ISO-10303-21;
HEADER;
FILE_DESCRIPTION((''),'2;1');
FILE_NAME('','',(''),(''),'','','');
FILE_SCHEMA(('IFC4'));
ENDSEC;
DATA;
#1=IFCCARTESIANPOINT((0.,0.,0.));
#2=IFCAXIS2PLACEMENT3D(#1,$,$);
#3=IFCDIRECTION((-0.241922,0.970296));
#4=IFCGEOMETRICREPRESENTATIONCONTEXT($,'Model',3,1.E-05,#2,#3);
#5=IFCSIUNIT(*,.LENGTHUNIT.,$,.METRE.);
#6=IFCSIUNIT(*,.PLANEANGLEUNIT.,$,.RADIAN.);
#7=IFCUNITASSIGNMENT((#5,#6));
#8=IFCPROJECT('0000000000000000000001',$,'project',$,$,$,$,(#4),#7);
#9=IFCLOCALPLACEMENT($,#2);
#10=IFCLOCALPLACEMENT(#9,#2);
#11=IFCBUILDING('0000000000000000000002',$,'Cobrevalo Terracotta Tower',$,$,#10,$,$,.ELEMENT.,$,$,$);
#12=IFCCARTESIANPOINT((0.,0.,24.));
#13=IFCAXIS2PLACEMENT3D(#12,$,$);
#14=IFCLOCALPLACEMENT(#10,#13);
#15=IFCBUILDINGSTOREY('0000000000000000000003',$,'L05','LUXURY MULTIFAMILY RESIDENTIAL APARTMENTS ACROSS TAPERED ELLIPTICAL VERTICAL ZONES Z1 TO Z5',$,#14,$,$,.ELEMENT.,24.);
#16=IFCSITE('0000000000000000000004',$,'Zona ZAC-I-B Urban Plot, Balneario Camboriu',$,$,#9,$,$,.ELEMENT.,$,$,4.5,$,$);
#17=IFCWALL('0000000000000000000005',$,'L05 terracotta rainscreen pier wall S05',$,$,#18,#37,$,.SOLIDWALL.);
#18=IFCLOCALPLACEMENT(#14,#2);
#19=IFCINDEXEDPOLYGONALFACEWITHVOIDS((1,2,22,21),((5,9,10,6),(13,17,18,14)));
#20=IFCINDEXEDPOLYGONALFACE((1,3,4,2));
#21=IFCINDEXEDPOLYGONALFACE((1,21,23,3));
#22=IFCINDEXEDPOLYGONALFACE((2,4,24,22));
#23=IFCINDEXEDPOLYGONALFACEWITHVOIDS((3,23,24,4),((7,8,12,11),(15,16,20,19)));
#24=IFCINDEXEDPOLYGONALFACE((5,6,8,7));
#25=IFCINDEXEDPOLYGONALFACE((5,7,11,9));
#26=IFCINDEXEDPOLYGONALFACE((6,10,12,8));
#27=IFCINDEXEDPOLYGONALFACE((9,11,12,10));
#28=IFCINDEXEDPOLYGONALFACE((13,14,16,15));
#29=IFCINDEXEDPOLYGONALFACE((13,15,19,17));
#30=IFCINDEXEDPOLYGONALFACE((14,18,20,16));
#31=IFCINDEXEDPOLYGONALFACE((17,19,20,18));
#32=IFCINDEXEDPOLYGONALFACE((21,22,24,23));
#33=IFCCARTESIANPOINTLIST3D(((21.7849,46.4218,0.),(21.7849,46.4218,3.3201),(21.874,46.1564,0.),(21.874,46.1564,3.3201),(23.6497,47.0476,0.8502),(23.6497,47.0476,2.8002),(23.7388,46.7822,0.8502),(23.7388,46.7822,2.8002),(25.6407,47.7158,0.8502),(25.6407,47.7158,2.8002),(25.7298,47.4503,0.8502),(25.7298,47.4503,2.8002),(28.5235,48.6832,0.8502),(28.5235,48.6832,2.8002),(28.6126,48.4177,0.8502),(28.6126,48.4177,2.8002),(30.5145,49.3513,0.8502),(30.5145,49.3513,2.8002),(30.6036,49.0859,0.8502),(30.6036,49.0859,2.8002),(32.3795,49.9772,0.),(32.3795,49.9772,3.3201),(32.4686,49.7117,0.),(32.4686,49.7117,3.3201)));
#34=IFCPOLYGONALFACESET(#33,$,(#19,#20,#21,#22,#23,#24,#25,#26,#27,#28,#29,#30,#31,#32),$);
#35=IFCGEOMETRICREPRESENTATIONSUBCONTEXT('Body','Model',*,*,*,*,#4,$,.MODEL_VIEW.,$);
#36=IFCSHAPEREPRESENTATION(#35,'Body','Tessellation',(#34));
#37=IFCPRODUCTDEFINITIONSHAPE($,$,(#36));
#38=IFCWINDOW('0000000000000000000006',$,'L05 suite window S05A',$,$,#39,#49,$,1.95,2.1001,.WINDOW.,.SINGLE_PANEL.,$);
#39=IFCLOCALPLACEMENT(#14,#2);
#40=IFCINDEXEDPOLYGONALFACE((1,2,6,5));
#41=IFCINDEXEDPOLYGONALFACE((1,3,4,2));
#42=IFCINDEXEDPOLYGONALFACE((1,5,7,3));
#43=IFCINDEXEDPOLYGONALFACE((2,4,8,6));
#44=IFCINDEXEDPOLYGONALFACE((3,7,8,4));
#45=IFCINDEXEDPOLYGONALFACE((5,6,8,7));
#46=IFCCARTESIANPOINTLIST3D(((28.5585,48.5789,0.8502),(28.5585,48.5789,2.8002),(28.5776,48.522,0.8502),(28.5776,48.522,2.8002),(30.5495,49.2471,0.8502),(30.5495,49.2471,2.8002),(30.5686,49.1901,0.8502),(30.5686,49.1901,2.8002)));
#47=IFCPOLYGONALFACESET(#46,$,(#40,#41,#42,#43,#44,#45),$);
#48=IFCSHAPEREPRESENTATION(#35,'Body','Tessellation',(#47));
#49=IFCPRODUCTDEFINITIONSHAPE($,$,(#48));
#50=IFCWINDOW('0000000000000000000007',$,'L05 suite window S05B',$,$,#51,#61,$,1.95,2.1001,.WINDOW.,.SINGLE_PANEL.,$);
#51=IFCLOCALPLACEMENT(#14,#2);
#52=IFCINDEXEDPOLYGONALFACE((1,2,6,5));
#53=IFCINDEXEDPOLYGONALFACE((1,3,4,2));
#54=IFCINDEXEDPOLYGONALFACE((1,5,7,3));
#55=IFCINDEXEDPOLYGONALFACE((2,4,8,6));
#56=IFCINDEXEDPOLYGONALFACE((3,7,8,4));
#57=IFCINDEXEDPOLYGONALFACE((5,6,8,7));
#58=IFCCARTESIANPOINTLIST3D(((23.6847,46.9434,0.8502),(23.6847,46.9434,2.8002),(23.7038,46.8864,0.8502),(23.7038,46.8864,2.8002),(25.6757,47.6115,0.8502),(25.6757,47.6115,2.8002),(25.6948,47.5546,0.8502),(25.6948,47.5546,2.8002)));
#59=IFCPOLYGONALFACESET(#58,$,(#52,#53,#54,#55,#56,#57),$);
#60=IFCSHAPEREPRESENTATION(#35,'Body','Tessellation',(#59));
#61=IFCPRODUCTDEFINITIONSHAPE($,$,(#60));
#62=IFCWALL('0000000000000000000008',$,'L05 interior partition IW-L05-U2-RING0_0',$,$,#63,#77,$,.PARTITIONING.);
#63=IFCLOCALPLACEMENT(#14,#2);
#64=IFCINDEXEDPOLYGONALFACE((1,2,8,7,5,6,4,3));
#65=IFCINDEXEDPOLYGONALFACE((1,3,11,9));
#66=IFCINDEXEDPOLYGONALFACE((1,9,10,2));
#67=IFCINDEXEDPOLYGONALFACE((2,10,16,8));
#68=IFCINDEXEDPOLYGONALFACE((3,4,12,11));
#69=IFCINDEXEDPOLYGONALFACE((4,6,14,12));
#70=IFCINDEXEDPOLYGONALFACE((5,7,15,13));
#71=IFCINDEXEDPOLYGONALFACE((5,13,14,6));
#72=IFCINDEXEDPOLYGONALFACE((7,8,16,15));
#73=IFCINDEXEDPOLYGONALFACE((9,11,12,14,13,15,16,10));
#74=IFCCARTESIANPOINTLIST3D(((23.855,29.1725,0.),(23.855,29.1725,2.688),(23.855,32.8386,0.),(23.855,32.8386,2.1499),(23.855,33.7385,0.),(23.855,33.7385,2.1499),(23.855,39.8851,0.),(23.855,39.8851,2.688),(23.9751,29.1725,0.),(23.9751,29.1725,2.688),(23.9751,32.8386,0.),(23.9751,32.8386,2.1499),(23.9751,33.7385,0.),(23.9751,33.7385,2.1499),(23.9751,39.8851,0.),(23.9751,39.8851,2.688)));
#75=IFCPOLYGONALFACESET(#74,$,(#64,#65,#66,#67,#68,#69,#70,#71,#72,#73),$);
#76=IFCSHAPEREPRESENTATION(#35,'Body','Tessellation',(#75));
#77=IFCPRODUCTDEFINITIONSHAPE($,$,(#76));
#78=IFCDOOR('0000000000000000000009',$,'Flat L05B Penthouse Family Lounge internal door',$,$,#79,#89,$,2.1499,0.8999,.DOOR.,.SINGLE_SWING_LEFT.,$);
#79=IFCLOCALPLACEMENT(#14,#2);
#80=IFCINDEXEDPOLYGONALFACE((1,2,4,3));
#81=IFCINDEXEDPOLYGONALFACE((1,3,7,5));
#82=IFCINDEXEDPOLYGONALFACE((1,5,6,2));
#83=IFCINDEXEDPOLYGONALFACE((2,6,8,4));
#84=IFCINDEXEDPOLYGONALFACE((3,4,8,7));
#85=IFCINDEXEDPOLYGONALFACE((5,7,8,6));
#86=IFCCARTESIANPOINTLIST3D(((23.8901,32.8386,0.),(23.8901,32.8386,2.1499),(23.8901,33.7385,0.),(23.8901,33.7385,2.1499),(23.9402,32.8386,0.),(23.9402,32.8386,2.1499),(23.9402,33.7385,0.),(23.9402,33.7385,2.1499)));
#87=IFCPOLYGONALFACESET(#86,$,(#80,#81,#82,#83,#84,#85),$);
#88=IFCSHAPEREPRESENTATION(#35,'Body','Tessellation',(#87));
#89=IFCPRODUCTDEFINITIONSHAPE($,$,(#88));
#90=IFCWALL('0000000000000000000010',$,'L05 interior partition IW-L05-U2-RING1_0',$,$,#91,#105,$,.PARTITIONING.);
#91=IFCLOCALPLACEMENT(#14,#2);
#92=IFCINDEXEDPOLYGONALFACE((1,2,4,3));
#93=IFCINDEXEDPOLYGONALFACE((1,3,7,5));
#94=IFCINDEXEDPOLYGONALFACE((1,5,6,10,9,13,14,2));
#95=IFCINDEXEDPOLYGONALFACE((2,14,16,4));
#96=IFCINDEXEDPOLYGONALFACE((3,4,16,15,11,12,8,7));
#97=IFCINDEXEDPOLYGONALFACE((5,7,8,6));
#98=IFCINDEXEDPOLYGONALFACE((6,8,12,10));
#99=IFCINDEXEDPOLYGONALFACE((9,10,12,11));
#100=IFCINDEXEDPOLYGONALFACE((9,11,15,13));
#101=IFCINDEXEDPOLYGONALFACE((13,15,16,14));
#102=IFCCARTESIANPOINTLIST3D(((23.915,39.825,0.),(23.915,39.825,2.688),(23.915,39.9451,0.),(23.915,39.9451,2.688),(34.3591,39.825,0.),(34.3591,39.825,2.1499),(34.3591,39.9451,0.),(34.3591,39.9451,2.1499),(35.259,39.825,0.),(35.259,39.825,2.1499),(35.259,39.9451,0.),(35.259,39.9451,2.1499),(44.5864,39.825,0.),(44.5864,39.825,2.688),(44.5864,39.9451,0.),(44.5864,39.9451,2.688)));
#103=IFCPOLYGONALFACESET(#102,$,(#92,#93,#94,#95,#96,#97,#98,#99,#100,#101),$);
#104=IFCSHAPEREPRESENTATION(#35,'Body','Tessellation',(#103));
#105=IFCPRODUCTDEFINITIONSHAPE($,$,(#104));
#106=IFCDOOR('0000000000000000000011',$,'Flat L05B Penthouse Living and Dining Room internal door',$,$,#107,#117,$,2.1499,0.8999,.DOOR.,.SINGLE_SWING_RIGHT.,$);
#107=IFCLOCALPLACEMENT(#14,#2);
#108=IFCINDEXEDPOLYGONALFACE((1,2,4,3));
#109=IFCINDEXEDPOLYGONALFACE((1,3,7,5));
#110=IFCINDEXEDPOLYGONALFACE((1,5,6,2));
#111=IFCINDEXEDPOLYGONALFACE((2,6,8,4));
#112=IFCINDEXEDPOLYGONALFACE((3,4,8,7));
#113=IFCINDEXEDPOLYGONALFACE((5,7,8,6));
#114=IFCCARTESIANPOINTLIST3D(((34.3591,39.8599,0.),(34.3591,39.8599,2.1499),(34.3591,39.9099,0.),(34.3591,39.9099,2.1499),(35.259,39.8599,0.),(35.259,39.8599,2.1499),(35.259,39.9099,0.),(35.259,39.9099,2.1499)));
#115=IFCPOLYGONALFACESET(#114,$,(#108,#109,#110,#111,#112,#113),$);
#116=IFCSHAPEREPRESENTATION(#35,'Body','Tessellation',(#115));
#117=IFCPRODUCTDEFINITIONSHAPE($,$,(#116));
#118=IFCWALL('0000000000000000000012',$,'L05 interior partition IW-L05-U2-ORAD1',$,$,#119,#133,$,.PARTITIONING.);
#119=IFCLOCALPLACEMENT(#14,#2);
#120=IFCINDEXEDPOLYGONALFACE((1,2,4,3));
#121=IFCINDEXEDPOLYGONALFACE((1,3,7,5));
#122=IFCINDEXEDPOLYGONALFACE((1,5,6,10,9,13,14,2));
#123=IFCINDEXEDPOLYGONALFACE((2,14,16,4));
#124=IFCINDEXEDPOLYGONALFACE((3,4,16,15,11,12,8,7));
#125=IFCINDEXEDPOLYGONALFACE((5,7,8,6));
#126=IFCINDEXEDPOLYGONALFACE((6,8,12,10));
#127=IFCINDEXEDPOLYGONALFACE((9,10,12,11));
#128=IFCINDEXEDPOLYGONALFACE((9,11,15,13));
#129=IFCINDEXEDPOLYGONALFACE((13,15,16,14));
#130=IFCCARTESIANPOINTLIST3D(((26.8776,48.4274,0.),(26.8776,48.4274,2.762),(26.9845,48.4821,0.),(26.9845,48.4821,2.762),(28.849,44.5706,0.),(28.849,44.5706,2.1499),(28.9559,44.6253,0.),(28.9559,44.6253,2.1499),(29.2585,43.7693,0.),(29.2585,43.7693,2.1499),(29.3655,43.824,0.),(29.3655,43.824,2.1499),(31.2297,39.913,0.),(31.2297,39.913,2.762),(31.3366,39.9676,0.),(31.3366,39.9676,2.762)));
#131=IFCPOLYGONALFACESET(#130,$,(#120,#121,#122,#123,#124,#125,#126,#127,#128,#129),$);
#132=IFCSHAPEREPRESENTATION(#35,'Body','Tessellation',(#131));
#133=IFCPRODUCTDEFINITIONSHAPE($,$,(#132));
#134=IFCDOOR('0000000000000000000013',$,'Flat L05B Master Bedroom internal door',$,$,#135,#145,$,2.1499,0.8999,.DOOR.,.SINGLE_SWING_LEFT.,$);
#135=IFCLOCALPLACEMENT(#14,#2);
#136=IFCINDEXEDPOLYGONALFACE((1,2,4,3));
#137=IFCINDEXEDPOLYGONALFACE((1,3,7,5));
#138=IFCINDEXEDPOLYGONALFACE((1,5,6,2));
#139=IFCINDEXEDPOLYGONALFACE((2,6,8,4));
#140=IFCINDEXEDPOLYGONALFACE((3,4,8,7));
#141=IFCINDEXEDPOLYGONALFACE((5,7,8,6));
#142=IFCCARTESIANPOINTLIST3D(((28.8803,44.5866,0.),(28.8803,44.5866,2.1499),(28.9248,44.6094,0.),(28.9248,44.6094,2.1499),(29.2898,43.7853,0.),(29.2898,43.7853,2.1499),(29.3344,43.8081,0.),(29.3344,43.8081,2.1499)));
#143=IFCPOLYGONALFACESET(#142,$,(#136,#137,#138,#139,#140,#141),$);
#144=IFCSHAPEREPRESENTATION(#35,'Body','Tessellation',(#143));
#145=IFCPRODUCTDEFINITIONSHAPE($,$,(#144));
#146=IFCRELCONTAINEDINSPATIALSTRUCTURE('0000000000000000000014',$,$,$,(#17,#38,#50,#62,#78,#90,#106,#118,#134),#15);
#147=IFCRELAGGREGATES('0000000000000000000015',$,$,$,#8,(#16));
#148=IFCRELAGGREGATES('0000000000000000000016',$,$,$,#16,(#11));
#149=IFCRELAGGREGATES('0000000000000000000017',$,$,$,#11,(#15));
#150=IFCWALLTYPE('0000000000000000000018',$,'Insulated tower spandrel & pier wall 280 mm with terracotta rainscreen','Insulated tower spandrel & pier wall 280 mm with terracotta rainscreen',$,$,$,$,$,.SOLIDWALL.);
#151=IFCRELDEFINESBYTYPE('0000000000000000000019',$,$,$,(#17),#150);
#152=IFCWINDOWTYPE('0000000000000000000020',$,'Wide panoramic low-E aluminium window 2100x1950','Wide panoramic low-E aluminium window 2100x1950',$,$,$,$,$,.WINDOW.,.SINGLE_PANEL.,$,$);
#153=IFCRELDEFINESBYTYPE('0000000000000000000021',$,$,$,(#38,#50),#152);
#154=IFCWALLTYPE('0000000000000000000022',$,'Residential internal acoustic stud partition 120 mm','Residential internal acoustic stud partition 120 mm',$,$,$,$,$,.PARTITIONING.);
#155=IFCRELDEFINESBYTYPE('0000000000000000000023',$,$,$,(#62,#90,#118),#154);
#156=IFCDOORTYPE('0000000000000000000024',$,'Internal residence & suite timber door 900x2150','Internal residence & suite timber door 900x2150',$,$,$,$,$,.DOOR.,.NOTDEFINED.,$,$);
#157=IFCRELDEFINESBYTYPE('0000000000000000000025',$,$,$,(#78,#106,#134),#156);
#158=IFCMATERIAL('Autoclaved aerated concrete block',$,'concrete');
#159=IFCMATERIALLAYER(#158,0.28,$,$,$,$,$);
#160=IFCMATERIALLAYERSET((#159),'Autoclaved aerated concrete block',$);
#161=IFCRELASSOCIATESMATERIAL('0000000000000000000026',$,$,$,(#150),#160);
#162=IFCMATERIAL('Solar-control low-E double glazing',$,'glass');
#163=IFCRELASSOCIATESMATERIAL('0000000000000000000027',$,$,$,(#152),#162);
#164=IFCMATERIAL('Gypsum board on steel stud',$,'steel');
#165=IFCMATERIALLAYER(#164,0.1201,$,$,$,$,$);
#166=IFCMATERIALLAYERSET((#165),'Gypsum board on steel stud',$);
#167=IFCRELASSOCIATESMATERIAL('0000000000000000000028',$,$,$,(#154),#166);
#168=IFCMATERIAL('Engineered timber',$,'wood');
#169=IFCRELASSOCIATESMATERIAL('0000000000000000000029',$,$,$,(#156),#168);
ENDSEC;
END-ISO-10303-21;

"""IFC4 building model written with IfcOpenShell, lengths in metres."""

from ifc_helpers import new_model, si_unit, direction, frame, frame_2d, origin, place, context, subcontext, project, spatial, rectangle, extrude, source, transform, mapped, material, layer, layer_set, type_object, element, fill, save


model = new_model("IFC4")

# Units and contexts
model_context = context("Model", 3, precision=1e-05, world=origin(), true_north=direction((-0.241922, 0.970296)))
body_context = subcontext(model_context, "Body", "Model", "MODEL_VIEW")
ifc_project = project(units=[si_unit("LENGTHUNIT", "METRE"), si_unit("PLANEANGLEUNIT", "RADIAN")], contexts=[model_context])

# Site, building, storey
site_placement = place(None, origin())
site = spatial("IfcSite", under=ifc_project, at=site_placement, Name="Zona ZAC-I-B Urban Plot, Balneario Camboriu", CompositionType="ELEMENT", RefElevation=4.5)
building_placement = place(site_placement, origin())
building = spatial("IfcBuilding", under=site, at=building_placement, Name="Cobrevalo Terracotta Tower", CompositionType="ELEMENT")
storey_placement = place(building_placement, frame((0.0, 0.0, 24.0)))
storey = spatial("IfcBuildingStorey", under=building, at=storey_placement, Name="L05", Description="LUXURY MULTIFAMILY RESIDENTIAL APARTMENTS ACROSS TAPERED ELLIPTICAL VERTICAL ZONES Z1 TO Z5", CompositionType="ELEMENT", Elevation=24.0)

# Shared definitions
ifc_material_1 = material(Name="Gypsum board on steel stud", Category="steel")

# Wall, openings, windows
ifc_material_2 = material(Name="Autoclaved aerated concrete block", Category="concrete")
ifc_layer_1 = layer(ifc_material_2, 0.28)
ifc_layer_set_1 = layer_set([ifc_layer_1], Name="Autoclaved aerated concrete block")
wall_type_1 = type_object("IfcWallType", Name="Insulated tower spandrel & pier wall 280 mm with terracotta rainscreen", Description="Insulated tower spandrel & pier wall 280 mm with terracotta rainscreen", PredefinedType="SOLIDWALL", material=ifc_layer_set_1)
wall_1_placement = place(storey_placement, frame((32.4241, 49.8445, 0.0), z_axis=(0.0, 0.0, 1.0), x_axis=(-0.948041, -0.318147, 0.0)))
wall_1 = element("IfcWall", 1, at=wall_1_placement, inside=storey, type_object=wall_type_1, Name="L05 terracotta rainscreen pier wall S05", PredefinedType="SOLIDWALL", context=body_context, shape_type="SweptSolid", body=[
    extrude(rectangle(XDim=11.1753, YDim=0.28, at=frame_2d((5.5876, 0.0))), origin(), (0.0, 0.0, 1.0), 3.3201),
])
opening_1_placement = place(wall_1_placement, frame((1.9673, 0.0, 0.8501)))
opening_1 = element("IfcOpeningElement", 2, at=opening_1_placement, cuts=wall_1, PredefinedType="OPENING", context=body_context, shape_type="SweptSolid", body=[
    extrude(rectangle(XDim=2.1001, YDim=1.95, at=frame_2d((1.05, 0.9751))), frame((0.0, 0.1499, 0.0), z_axis=(0.0, -1.0, 0.0), x_axis=(1.0, 0.0, 0.0)), (0.0, 0.0, 1.0), 0.3),
])
opening_2_placement = place(wall_1_placement, frame((7.1082, 0.0, 0.8501)))
opening_2 = element("IfcOpeningElement", 3, at=opening_2_placement, cuts=wall_1, PredefinedType="OPENING", context=body_context, shape_type="SweptSolid", body=[
    extrude(rectangle(XDim=2.1001, YDim=1.95, at=frame_2d((1.05, 0.9751))), frame((0.0, 0.1499, 0.0), z_axis=(0.0, -1.0, 0.0), x_axis=(1.0, 0.0, 0.0)), (0.0, 0.0, 1.0), 0.3),
])
ifc_material_3 = material(Name="Solar-control low-E double glazing", Category="glass")
window_type = type_object("IfcWindowType", Name="Wide panoramic low-E aluminium window 2100x1950", Description="Wide panoramic low-E aluminium window 2100x1950", PartitioningType="SINGLE_PANEL", PredefinedType="WINDOW", material=ifc_material_3)
shared_shape_1 = source(origin(), body_context, "Body", "SweptSolid", [
    extrude(rectangle(XDim=2.1001, YDim=1.95, at=frame_2d((1.05, 0.9751))), frame((0.0, 0.03, 0.0), z_axis=(0.0, -1.0, 0.0), x_axis=(1.0, 0.0, 0.0)), (0.0, 0.0, 1.0), 0.0601),
])
window_1_placement = place(opening_1_placement, origin())
window_1 = element("IfcWindow", 4, at=window_1_placement, inside=storey, type_object=window_type, Name="L05 suite window S05A", OverallHeight=1.95, OverallWidth=2.1001, PartitioningType="SINGLE_PANEL", PredefinedType="WINDOW", context=body_context, shape_type="MappedRepresentation", body=[
    mapped(shared_shape_1, transform((0.0, 0.0, 0.0), scale=1.0)),
])
fill(opening_1, window_1)
window_2_placement = place(opening_2_placement, origin())
window_2 = element("IfcWindow", 5, at=window_2_placement, inside=storey, type_object=window_type, Name="L05 suite window S05B", OverallHeight=1.95, OverallWidth=2.1001, PartitioningType="SINGLE_PANEL", PredefinedType="WINDOW", context=body_context, shape_type="MappedRepresentation", body=[
    mapped(shared_shape_1, transform((0.0, 0.0, 0.0), scale=1.0)),
])
fill(opening_2, window_2)

# Walls, openings, doors
ifc_layer_2 = layer(ifc_material_1, 0.1201)
ifc_layer_set_2 = layer_set([ifc_layer_2], Name="Gypsum board on steel stud")
wall_type_2 = type_object("IfcWallType", Name="Residential internal acoustic stud partition 120 mm", Description="Residential internal acoustic stud partition 120 mm", PredefinedType="PARTITIONING", material=ifc_layer_set_2)
wall_2_placement = place(storey_placement, frame((23.915, 29.1724, 0.0), z_axis=(0.0, 0.0, 1.0), x_axis=(0.0, 1.0, 0.0)))
wall_2 = element("IfcWall", 6, at=wall_2_placement, inside=storey, type_object=wall_type_2, Name="L05 interior partition IW-L05-U2-RING0_0", PredefinedType="PARTITIONING", context=body_context, shape_type="SweptSolid", body=[
    extrude(rectangle(XDim=10.7126, YDim=0.1201, at=frame_2d((5.3564, 0.0))), origin(), (0.0, 0.0, 1.0), 2.688),
])
opening_3_placement = place(wall_2_placement, frame((3.6663, 0.0, 0.0)))
opening_3 = element("IfcOpeningElement", 7, at=opening_3_placement, cuts=wall_2, PredefinedType="OPENING", context=body_context, shape_type="SweptSolid", body=[
    extrude(rectangle(XDim=0.8999, YDim=2.1499, at=frame_2d((0.45, 1.075))), frame((0.0, 0.0701, 0.0), z_axis=(0.0, -1.0, 0.0), x_axis=(1.0, 0.0, 0.0)), (0.0, 0.0, 1.0), 0.1401),
])
ifc_material_4 = material(Name="Engineered timber", Category="wood")
door_type_1 = type_object("IfcDoorType", Name="Internal residence & suite timber door 900x2150", Description="Internal residence & suite timber door 900x2150", OperationType="NOTDEFINED", PredefinedType="DOOR", material=ifc_material_4)
shared_shape_2 = source(origin(), body_context, "Body", "SweptSolid", [
    extrude(rectangle(XDim=0.8999, YDim=2.1499, at=frame_2d((0.45, 1.075))), frame((0.0, 0.0249, 0.0), z_axis=(0.0, -1.0, 0.0), x_axis=(1.0, 0.0, 0.0)), (0.0, 0.0, 1.0), 0.05),
])
door_1_placement = place(opening_3_placement, origin())
door_1 = element("IfcDoor", 8, at=door_1_placement, inside=storey, type_object=door_type_1, Name="Flat L05B Penthouse Family Lounge internal door", OperationType="SINGLE_SWING_LEFT", OverallHeight=2.1499, OverallWidth=0.8999, PredefinedType="DOOR", context=body_context, shape_type="MappedRepresentation", body=[
    mapped(shared_shape_2, transform((0.0, 0.0, 0.0), scale=1.0)),
])
fill(opening_3, door_1)
wall_3_placement = place(storey_placement, frame((23.915, 39.885, 0.0), z_axis=(0.0, 0.0, 1.0), x_axis=(1.0, 0.0, 0.0)))
wall_3 = element("IfcWall", 9, at=wall_3_placement, inside=storey, type_object=wall_type_2, Name="L05 interior partition IW-L05-U2-RING1_0", PredefinedType="PARTITIONING", context=body_context, shape_type="SweptSolid", body=[
    extrude(rectangle(XDim=20.6714, YDim=0.1201, at=frame_2d((10.3357, 0.0))), origin(), (0.0, 0.0, 1.0), 2.688),
])
opening_4_placement = place(wall_3_placement, frame((10.4441, 0.0, 0.0)))
opening_4 = element("IfcOpeningElement", 10, at=opening_4_placement, cuts=wall_3, PredefinedType="OPENING", context=body_context, shape_type="SweptSolid", body=[
    extrude(rectangle(XDim=0.8999, YDim=2.1499, at=frame_2d((0.45, 1.075))), frame((0.0, 0.0701, 0.0), z_axis=(0.0, -1.0, 0.0), x_axis=(1.0, 0.0, 0.0)), (0.0, 0.0, 1.0), 0.1401),
])
door_2_placement = place(opening_4_placement, origin())
door_2 = element("IfcDoor", 11, at=door_2_placement, inside=storey, type_object=door_type_1, Name="Flat L05B Penthouse Living and Dining Room internal door", OperationType="SINGLE_SWING_RIGHT", OverallHeight=2.1499, OverallWidth=0.8999, PredefinedType="DOOR", context=body_context, shape_type="MappedRepresentation", body=[
    mapped(shared_shape_2, transform((0.0, 0.0, 0.0), scale=1.0)),
])
fill(opening_4, door_2)
wall_4_placement = place(storey_placement, frame((31.2832, 39.9402, 0.0), z_axis=(0.0, 0.0, 1.0), x_axis=(-0.455131, 0.890424, 0.0)))
wall_4 = element("IfcWall", 12, at=wall_4_placement, inside=storey, type_object=wall_type_2, Name="L05 interior partition IW-L05-U2-ORAD1", PredefinedType="PARTITIONING", context=body_context, shape_type="SweptSolid", body=[
    extrude(rectangle(XDim=9.5623, YDim=0.1201, at=frame_2d((4.7812, 0.0))), origin(), (0.0, 0.0, 1.0), 2.762),
])
opening_5_placement = place(wall_4_placement, frame((4.3311, 0.0, 0.0)))
opening_5 = element("IfcOpeningElement", 13, at=opening_5_placement, cuts=wall_4, PredefinedType="OPENING", context=body_context, shape_type="SweptSolid", body=[
    extrude(rectangle(XDim=0.8999, YDim=2.1499, at=frame_2d((0.45, 1.075))), frame((0.0, 0.0701, 0.0), z_axis=(0.0, -1.0, 0.0), x_axis=(1.0, 0.0, 0.0)), (0.0, 0.0, 1.0), 0.1401),
])
door_3_placement = place(opening_5_placement, origin())
door_3 = element("IfcDoor", 14, at=door_3_placement, inside=storey, type_object=door_type_1, Name="Flat L05B Master Bedroom internal door", OperationType="SINGLE_SWING_LEFT", OverallHeight=2.1499, OverallWidth=0.8999, PredefinedType="DOOR", context=body_context, shape_type="MappedRepresentation", body=[
    mapped(shared_shape_2, transform((0.0, 0.0, 0.0), scale=1.0)),
])
fill(opening_5, door_3)

save(model, "model.ifc")
